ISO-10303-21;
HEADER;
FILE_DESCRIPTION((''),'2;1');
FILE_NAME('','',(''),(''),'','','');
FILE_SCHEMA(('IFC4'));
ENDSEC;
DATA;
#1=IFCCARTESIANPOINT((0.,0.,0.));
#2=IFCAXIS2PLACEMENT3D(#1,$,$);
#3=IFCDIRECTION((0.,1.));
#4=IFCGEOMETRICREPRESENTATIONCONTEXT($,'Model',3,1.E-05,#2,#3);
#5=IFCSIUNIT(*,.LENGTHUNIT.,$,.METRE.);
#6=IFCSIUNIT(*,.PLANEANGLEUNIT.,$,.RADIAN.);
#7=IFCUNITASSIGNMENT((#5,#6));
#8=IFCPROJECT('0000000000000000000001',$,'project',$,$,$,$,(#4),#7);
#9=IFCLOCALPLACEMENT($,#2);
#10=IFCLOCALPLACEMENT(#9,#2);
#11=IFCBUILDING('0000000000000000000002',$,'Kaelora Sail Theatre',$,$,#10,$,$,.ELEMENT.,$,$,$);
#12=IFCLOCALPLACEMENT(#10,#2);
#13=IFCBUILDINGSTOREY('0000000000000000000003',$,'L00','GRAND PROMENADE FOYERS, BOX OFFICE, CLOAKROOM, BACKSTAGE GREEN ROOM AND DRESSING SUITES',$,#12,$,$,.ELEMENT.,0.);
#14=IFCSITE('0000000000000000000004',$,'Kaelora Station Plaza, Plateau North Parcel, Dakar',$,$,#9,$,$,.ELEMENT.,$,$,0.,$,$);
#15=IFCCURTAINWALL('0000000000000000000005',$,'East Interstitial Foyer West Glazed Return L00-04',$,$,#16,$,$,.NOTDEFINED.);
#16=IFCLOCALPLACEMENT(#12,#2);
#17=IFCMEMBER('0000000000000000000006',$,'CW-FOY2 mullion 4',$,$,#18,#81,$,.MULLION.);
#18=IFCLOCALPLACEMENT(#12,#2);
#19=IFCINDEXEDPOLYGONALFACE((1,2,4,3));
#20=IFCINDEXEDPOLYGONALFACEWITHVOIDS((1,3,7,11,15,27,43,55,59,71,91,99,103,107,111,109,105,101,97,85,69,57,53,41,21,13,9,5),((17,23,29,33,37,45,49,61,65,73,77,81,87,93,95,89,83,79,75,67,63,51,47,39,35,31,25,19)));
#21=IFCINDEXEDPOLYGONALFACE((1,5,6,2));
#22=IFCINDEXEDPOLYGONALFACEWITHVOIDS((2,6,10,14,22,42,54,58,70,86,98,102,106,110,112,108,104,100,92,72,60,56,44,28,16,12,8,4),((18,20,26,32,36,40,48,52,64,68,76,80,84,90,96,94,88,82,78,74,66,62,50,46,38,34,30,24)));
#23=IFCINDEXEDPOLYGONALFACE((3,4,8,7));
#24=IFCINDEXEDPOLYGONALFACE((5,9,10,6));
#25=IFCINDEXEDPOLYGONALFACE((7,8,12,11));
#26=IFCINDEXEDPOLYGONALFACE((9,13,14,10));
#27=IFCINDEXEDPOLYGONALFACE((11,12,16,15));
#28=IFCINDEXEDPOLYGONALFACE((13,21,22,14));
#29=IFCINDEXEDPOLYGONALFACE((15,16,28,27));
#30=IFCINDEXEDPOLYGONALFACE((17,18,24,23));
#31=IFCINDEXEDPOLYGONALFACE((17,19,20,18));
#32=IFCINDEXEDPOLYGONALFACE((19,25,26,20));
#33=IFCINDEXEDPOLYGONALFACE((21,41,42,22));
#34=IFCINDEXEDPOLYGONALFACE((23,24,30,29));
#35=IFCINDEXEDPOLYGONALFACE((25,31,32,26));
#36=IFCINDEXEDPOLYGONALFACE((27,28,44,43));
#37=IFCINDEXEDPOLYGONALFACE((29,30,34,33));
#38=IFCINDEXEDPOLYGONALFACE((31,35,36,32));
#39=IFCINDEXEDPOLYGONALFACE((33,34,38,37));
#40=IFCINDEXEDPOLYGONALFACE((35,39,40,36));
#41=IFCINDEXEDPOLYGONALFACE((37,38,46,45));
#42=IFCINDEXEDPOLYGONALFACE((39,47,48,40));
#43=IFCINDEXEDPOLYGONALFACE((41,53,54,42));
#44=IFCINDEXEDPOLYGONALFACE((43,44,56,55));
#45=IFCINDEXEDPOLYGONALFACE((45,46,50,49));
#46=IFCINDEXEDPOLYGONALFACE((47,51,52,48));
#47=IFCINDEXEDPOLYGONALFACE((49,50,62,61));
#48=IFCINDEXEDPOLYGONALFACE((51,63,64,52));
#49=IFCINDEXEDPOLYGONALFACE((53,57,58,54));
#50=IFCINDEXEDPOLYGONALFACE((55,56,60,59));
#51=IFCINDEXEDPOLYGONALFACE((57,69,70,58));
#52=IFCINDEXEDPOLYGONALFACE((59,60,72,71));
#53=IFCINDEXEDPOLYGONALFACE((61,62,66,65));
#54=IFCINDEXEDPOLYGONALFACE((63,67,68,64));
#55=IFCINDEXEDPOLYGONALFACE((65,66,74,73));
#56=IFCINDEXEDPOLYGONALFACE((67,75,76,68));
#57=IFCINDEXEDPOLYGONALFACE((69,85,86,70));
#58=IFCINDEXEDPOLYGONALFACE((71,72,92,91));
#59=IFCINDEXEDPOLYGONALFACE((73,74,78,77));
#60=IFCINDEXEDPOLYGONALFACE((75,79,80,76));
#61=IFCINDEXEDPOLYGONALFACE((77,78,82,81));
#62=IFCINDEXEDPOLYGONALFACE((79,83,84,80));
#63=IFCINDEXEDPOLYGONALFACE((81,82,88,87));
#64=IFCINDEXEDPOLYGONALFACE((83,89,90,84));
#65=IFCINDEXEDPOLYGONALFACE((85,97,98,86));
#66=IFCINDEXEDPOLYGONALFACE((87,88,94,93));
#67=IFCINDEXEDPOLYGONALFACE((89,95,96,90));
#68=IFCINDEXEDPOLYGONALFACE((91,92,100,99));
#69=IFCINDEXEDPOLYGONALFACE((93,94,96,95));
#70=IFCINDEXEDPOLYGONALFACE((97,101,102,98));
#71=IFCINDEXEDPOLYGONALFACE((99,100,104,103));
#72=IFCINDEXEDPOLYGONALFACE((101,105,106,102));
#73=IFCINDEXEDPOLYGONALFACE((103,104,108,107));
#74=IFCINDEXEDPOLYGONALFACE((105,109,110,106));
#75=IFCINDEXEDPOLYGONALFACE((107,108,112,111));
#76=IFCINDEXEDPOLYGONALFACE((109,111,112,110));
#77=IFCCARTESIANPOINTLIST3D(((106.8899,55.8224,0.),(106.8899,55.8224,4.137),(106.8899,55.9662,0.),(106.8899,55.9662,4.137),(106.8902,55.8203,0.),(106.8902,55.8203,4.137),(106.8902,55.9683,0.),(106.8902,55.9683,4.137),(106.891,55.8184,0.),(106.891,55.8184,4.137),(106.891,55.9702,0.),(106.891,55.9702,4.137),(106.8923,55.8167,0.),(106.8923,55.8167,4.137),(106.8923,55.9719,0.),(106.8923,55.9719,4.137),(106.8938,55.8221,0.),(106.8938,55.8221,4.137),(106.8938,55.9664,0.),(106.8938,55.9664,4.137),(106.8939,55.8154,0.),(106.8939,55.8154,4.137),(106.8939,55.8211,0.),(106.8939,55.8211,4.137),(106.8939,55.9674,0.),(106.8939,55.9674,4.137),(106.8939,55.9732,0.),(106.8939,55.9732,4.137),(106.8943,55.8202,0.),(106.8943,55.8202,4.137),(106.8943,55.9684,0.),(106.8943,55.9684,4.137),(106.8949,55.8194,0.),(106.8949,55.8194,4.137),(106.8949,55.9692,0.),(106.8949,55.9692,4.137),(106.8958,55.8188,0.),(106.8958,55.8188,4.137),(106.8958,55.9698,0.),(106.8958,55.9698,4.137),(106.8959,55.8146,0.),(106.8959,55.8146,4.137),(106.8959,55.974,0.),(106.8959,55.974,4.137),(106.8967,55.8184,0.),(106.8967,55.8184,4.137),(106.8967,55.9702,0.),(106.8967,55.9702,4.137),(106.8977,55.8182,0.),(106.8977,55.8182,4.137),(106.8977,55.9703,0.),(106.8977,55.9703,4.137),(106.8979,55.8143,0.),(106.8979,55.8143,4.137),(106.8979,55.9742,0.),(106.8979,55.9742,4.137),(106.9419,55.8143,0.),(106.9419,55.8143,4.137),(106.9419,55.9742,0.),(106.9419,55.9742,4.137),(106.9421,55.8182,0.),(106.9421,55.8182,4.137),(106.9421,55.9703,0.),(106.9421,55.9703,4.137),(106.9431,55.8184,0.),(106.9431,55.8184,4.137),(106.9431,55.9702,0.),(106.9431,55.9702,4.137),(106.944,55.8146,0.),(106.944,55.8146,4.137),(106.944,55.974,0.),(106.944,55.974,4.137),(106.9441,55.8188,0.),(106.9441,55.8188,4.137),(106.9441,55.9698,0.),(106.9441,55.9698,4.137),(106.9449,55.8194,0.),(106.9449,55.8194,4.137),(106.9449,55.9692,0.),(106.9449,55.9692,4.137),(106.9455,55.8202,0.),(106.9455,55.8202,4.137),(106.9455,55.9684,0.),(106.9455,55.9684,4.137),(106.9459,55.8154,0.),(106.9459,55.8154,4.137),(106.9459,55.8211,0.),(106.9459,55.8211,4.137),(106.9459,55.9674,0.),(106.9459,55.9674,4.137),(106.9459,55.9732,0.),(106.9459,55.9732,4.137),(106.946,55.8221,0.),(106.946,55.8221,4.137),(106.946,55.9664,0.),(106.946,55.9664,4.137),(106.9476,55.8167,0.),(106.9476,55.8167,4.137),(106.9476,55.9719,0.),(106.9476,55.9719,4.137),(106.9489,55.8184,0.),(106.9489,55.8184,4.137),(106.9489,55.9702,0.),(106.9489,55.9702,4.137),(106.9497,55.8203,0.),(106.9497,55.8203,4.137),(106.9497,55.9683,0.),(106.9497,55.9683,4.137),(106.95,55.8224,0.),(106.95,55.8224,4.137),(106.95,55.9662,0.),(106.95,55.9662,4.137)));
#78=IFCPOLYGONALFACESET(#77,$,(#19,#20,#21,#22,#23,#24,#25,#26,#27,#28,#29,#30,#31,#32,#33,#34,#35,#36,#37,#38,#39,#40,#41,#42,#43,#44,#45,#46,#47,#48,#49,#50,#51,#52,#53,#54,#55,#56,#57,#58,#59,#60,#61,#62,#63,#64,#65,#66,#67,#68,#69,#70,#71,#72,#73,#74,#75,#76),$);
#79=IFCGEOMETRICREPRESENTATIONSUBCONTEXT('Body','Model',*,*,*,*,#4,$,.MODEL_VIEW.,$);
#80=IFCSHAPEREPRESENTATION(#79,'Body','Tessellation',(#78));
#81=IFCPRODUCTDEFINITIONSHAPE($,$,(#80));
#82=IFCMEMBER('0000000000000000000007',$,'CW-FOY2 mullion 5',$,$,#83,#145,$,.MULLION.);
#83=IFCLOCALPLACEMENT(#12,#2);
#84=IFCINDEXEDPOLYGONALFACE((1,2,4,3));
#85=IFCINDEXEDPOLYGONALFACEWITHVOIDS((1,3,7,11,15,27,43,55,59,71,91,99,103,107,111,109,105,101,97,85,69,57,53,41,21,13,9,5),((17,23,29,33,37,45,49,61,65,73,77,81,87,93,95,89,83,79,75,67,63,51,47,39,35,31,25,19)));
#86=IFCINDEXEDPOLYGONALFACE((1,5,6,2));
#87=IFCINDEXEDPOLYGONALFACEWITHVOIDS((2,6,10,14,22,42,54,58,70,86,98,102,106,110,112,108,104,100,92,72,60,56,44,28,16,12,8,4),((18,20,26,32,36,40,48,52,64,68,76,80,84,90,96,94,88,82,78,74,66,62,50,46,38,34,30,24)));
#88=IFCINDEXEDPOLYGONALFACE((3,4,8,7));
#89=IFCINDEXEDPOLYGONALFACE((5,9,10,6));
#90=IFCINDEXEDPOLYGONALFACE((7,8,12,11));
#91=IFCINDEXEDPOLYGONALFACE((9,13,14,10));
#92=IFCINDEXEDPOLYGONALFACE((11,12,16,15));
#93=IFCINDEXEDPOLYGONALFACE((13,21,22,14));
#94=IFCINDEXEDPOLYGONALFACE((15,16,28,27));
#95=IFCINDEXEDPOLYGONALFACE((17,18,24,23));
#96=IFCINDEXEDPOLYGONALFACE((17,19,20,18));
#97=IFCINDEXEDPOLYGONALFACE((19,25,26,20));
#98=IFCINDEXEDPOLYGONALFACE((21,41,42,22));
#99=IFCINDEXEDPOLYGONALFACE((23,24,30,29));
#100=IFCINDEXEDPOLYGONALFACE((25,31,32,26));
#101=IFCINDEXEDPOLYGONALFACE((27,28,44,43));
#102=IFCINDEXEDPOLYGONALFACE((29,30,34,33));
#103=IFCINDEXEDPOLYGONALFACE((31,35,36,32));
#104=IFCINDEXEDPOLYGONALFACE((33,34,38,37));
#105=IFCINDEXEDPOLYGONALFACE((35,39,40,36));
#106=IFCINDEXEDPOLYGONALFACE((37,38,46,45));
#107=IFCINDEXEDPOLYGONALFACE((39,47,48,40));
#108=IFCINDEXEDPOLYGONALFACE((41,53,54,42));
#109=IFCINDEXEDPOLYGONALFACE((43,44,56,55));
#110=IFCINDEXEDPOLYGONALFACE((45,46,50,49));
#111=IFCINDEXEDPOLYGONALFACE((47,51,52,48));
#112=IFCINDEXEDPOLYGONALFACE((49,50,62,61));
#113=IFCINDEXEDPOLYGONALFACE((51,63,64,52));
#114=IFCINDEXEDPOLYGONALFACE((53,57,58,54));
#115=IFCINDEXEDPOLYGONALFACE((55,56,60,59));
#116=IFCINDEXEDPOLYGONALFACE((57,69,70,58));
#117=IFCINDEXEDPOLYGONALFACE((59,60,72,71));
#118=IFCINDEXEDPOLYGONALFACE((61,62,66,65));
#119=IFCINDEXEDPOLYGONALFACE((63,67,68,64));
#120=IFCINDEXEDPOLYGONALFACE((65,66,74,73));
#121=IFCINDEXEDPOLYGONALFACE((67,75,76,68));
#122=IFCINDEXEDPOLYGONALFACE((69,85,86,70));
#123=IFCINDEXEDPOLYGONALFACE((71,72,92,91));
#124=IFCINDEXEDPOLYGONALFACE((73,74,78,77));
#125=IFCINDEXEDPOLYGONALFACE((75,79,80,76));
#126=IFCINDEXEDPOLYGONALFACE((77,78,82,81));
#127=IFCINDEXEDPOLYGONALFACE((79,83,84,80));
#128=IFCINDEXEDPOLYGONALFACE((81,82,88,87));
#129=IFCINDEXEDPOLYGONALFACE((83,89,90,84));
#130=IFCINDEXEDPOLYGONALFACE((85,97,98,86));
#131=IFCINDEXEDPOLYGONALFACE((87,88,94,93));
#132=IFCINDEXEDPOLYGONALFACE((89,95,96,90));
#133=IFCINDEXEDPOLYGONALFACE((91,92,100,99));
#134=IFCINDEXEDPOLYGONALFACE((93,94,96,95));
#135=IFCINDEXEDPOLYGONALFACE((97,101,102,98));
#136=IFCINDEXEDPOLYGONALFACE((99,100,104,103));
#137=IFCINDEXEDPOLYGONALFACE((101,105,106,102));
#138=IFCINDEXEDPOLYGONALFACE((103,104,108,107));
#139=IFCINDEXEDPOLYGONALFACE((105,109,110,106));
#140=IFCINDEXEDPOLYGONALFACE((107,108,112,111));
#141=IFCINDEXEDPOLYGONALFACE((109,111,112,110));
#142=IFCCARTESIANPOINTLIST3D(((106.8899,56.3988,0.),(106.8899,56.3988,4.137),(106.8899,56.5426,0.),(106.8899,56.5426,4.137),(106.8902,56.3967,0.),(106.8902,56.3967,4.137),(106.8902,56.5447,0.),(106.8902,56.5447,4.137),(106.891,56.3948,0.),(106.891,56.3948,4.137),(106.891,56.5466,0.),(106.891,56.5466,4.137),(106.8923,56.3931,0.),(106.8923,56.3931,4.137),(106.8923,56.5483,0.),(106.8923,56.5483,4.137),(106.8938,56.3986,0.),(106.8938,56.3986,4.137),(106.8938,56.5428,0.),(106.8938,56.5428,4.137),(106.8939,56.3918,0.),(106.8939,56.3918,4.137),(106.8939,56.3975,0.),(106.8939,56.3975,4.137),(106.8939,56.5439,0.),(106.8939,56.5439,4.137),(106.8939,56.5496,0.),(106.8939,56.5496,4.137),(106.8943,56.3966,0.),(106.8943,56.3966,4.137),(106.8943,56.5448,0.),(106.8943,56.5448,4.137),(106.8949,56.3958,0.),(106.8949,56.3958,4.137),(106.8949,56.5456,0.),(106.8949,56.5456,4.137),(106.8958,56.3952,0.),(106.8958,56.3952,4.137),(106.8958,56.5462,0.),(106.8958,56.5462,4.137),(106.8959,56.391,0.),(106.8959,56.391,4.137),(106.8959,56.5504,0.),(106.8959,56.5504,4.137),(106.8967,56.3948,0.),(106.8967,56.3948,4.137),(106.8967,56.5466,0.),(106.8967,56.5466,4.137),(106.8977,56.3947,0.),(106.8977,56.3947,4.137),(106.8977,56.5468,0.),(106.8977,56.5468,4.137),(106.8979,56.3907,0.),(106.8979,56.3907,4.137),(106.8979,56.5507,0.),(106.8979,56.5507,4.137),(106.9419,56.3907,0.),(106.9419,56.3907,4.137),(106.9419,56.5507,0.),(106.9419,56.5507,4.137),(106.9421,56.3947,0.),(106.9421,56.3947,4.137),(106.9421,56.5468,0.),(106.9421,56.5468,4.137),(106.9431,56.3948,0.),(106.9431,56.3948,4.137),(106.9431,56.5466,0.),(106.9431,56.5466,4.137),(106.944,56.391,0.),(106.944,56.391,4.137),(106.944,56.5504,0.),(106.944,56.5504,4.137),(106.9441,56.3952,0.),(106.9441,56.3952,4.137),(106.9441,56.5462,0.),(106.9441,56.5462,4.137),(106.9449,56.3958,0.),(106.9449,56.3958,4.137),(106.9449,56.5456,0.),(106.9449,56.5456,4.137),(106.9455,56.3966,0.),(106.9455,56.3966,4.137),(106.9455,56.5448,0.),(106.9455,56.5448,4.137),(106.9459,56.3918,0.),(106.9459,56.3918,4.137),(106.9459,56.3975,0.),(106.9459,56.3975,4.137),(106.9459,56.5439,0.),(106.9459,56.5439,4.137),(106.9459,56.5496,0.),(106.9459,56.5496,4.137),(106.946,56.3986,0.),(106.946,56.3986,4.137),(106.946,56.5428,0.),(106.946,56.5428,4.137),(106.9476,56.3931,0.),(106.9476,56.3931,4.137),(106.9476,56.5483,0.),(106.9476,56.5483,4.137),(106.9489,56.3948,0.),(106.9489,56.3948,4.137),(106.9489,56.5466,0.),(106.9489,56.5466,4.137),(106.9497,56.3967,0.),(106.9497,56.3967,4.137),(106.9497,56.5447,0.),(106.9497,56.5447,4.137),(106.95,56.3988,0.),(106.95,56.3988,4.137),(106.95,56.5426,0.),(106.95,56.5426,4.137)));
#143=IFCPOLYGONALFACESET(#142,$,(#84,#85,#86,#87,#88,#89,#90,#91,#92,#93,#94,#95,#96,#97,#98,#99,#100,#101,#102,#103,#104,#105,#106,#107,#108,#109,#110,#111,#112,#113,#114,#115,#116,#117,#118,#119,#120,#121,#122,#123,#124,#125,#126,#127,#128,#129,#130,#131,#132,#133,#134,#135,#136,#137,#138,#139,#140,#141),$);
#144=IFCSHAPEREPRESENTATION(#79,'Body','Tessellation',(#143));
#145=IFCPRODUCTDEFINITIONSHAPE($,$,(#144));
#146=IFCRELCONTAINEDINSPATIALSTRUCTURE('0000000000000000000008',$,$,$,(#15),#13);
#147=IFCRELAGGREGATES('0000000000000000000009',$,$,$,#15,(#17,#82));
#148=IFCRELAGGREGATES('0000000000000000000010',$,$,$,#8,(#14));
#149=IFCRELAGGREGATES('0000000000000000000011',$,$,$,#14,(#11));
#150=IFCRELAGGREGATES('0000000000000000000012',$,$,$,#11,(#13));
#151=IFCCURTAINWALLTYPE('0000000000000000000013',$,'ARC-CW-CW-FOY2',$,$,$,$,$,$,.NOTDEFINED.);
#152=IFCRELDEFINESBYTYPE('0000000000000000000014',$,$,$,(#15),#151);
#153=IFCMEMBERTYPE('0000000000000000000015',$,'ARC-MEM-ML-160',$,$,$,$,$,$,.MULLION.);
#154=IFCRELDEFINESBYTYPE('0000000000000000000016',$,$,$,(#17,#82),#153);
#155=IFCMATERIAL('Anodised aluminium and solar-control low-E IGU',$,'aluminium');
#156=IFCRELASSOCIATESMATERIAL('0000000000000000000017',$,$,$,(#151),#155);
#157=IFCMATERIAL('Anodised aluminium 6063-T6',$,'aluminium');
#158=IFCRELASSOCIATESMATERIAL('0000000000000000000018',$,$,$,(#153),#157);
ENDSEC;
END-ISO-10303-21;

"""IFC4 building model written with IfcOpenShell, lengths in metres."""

from ifc_helpers import new_model, si_unit, direction, frame, origin, origin_2d, place, context, subcontext, project, spatial, hollow_rectangle, extrude, material, material_profile, profile_set, type_object, element, aggregate, save


model = new_model("IFC4")

# Units and contexts
model_context = context("Model", 3, precision=1e-05, world=origin(), true_north=direction((0.0, 1.0)))
body_context = subcontext(model_context, "Body", "Model", "MODEL_VIEW")
ifc_project = project(units=[si_unit("LENGTHUNIT", "METRE"), si_unit("PLANEANGLEUNIT", "RADIAN")], contexts=[model_context])

# Site, building, storey
site_placement = place(None, origin())
site = spatial("IfcSite", under=ifc_project, at=site_placement, Name="Kaelora Station Plaza, Plateau North Parcel, Dakar", CompositionType="ELEMENT", RefElevation=0.0)
building_placement = place(site_placement, origin())
building = spatial("IfcBuilding", under=site, at=building_placement, Name="Kaelora Sail Theatre", CompositionType="ELEMENT")
storey_placement = place(building_placement, origin())
storey = spatial("IfcBuildingStorey", under=building, at=storey_placement, Name="L00", Description="GRAND PROMENADE FOYERS, BOX OFFICE, CLOAKROOM, BACKSTAGE GREEN ROOM AND DRESSING SUITES", CompositionType="ELEMENT", Elevation=0.0)

# Curtain wall, members
ifc_material_1 = material(Name="Anodised aluminium and solar-control low-E IGU", Category="aluminium")
curtain_wall_type = type_object("IfcCurtainWallType", Name="ARC-CW-CW-FOY2", PredefinedType="NOTDEFINED", material=ifc_material_1)
curtain_wall_placement = place(storey_placement, origin())
curtain_wall = element("IfcCurtainWall", 1, at=curtain_wall_placement, inside=storey, type_object=curtain_wall_type, Name="East Interstitial Foyer West Glazed Return L00-04", PredefinedType="NOTDEFINED")
ifc_material_2 = material(Name="Anodised aluminium 6063-T6", Category="aluminium")
ifc_material_profile_1 = material_profile(ifc_material_2, hollow_rectangle(XDim=0.0601, YDim=0.1599, WallThickness=0.0039, InnerFilletRadius=0.0039, OuterFilletRadius=0.0081, at=origin_2d()), Name="ALU-MULL 60x160x4")
ifc_profile_set_1 = profile_set([ifc_material_profile_1], Name="Anodised aluminium 6063-T6")
member_type_1 = type_object("IfcMemberType", Name="ARC-MEM-ML-160", PredefinedType="MULLION", material=ifc_profile_set_1)
member_1_placement = place(storey_placement, frame((106.9199, 55.8943, 0.0), z_axis=(0.0, 0.0, 1.0), x_axis=(-1.0, 0.0, 0.0)))
member_1 = element("IfcMember", 2, at=member_1_placement, type_object=member_type_1, Name="CW-FOY2 mullion 4", PredefinedType="MULLION", context=body_context, shape_type="SweptSolid", body=[
    extrude(hollow_rectangle(XDim=0.0601, YDim=0.1599, WallThickness=0.0039, InnerFilletRadius=0.0039, OuterFilletRadius=0.0081, at=origin_2d()), origin(), (0.0, 0.0, 1.0), 4.137),
])
member_2_placement = place(storey_placement, frame((106.9199, 56.4707, 0.0), z_axis=(0.0, 0.0, 1.0), x_axis=(-1.0, 0.0, 0.0)))
member_2 = element("IfcMember", 3, at=member_2_placement, type_object=member_type_1, Name="CW-FOY2 mullion 5", PredefinedType="MULLION", context=body_context, shape_type="SweptSolid", body=[
    extrude(hollow_rectangle(XDim=0.0601, YDim=0.1599, WallThickness=0.0039, InnerFilletRadius=0.0039, OuterFilletRadius=0.0081, at=origin_2d()), origin(), (0.0, 0.0, 1.0), 4.137),
])
aggregate(curtain_wall, [member_1, member_2])

save(model, "model.ifc")
